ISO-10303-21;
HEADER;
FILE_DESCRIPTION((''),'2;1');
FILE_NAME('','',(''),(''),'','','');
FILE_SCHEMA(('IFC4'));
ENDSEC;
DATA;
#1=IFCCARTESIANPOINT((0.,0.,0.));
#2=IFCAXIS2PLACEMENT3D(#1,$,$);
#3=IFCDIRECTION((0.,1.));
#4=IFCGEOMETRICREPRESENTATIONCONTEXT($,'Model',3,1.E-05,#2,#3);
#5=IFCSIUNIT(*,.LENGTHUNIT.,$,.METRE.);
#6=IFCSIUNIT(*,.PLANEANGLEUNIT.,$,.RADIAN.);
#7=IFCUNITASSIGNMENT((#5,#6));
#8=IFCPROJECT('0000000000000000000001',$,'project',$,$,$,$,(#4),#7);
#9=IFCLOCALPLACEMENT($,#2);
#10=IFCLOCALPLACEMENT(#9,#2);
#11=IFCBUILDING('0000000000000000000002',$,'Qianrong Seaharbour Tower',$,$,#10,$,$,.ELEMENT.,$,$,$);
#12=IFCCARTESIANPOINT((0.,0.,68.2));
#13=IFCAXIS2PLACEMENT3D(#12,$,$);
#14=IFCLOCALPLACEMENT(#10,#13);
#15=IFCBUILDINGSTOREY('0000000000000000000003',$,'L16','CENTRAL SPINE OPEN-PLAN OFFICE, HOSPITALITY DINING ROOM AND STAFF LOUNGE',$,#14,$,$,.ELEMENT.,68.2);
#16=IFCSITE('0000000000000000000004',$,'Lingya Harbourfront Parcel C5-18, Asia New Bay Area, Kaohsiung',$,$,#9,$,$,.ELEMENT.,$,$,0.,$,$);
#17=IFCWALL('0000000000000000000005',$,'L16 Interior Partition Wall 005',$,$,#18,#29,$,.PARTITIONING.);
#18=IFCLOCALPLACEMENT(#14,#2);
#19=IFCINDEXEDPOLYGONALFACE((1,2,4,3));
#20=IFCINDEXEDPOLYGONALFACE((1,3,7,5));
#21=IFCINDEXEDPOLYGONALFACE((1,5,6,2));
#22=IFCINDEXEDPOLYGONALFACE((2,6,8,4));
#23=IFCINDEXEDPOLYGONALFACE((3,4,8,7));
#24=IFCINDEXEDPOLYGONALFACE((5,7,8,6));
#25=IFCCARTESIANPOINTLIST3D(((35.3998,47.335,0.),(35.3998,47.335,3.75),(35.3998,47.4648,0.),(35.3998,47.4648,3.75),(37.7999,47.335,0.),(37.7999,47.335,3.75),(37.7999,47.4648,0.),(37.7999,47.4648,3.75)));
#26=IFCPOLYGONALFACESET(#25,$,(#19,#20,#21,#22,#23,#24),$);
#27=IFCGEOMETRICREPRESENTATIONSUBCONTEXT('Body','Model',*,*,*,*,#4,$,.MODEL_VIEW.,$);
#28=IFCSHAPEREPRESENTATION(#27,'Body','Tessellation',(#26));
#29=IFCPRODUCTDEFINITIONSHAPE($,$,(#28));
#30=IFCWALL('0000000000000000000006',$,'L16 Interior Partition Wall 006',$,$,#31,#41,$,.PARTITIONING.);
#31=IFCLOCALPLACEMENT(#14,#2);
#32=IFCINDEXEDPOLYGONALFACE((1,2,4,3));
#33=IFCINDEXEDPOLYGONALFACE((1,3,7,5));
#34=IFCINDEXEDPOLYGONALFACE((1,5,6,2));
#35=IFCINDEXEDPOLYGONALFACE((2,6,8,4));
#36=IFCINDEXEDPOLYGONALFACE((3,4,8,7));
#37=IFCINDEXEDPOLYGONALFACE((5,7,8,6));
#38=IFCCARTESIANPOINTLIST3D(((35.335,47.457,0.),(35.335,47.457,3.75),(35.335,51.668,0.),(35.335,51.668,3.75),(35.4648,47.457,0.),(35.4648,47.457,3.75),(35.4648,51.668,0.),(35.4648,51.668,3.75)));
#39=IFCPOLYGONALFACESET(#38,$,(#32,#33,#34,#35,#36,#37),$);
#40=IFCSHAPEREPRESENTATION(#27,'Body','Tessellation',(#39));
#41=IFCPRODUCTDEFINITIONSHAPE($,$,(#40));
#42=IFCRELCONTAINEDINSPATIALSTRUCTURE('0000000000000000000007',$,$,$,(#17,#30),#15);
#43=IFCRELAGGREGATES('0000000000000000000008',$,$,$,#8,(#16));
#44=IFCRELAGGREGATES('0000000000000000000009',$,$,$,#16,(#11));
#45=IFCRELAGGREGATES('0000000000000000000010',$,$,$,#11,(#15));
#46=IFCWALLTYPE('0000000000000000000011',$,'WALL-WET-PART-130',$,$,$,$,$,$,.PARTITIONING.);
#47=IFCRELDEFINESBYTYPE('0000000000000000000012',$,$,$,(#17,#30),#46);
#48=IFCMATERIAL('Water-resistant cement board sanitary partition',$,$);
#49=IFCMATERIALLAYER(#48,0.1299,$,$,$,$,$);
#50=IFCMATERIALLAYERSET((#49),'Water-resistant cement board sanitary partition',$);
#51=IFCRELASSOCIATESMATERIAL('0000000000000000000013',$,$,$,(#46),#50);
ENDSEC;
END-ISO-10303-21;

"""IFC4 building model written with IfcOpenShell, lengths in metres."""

from ifc_helpers import new_model, si_unit, direction, frame, frame_2d, origin, place, context, subcontext, project, spatial, rectangle, extrude, material, layer, layer_set, type_object, element, save


model = new_model("IFC4")

# Units and contexts
model_context = context("Model", 3, precision=1e-05, world=origin(), true_north=direction((0.0, 1.0)))
body_context = subcontext(model_context, "Body", "Model", "MODEL_VIEW")
ifc_project = project(units=[si_unit("LENGTHUNIT", "METRE"), si_unit("PLANEANGLEUNIT", "RADIAN")], contexts=[model_context])

# Site, building, storey
site_placement = place(None, origin())
site = spatial("IfcSite", under=ifc_project, at=site_placement, Name="Lingya Harbourfront Parcel C5-18, Asia New Bay Area, Kaohsiung", CompositionType="ELEMENT", RefElevation=0.0)
building_placement = place(site_placement, origin())
building = spatial("IfcBuilding", under=site, at=building_placement, Name="Qianrong Seaharbour Tower", CompositionType="ELEMENT")
storey_placement = place(building_placement, frame((0.0, 0.0, 68.2)))
storey = spatial("IfcBuildingStorey", under=building, at=storey_placement, Name="L16", Description="CENTRAL SPINE OPEN-PLAN OFFICE, HOSPITALITY DINING ROOM AND STAFF LOUNGE", CompositionType="ELEMENT", Elevation=68.2)

# Walls
ifc_material_1 = material(Name="Water-resistant cement board sanitary partition")
ifc_layer_1 = layer(ifc_material_1, 0.1299)
ifc_layer_set_1 = layer_set([ifc_layer_1], Name="Water-resistant cement board sanitary partition")
wall_type_1 = type_object("IfcWallType", Name="WALL-WET-PART-130", PredefinedType="PARTITIONING", material=ifc_layer_set_1)
wall_1_placement = place(storey_placement, frame((37.8, 47.3999, 0.0), z_axis=(0.0, 0.0, 1.0), x_axis=(-1.0, 0.0, 0.0)))
element("IfcWall", 1, at=wall_1_placement, inside=storey, type_object=wall_type_1, Name="L16 Interior Partition Wall 005", PredefinedType="PARTITIONING", context=body_context, shape_type="SweptSolid", body=[
    extrude(rectangle(XDim=2.4001, YDim=0.1299, at=frame_2d((1.2002, 0.0))), origin(), (0.0, 0.0, 1.0), 3.75),
])
wall_2_placement = place(storey_placement, frame((35.3999, 47.457, 0.0), z_axis=(0.0, 0.0, 1.0), x_axis=(0.0, 1.0, 0.0)))
element("IfcWall", 2, at=wall_2_placement, inside=storey, type_object=wall_type_1, Name="L16 Interior Partition Wall 006", PredefinedType="PARTITIONING", context=body_context, shape_type="SweptSolid", body=[
    extrude(rectangle(XDim=4.2109, YDim=0.1299, at=frame_2d((2.1055, 0.0))), origin(), (0.0, 0.0, 1.0), 3.75),
])

save(model, "model.ifc")
